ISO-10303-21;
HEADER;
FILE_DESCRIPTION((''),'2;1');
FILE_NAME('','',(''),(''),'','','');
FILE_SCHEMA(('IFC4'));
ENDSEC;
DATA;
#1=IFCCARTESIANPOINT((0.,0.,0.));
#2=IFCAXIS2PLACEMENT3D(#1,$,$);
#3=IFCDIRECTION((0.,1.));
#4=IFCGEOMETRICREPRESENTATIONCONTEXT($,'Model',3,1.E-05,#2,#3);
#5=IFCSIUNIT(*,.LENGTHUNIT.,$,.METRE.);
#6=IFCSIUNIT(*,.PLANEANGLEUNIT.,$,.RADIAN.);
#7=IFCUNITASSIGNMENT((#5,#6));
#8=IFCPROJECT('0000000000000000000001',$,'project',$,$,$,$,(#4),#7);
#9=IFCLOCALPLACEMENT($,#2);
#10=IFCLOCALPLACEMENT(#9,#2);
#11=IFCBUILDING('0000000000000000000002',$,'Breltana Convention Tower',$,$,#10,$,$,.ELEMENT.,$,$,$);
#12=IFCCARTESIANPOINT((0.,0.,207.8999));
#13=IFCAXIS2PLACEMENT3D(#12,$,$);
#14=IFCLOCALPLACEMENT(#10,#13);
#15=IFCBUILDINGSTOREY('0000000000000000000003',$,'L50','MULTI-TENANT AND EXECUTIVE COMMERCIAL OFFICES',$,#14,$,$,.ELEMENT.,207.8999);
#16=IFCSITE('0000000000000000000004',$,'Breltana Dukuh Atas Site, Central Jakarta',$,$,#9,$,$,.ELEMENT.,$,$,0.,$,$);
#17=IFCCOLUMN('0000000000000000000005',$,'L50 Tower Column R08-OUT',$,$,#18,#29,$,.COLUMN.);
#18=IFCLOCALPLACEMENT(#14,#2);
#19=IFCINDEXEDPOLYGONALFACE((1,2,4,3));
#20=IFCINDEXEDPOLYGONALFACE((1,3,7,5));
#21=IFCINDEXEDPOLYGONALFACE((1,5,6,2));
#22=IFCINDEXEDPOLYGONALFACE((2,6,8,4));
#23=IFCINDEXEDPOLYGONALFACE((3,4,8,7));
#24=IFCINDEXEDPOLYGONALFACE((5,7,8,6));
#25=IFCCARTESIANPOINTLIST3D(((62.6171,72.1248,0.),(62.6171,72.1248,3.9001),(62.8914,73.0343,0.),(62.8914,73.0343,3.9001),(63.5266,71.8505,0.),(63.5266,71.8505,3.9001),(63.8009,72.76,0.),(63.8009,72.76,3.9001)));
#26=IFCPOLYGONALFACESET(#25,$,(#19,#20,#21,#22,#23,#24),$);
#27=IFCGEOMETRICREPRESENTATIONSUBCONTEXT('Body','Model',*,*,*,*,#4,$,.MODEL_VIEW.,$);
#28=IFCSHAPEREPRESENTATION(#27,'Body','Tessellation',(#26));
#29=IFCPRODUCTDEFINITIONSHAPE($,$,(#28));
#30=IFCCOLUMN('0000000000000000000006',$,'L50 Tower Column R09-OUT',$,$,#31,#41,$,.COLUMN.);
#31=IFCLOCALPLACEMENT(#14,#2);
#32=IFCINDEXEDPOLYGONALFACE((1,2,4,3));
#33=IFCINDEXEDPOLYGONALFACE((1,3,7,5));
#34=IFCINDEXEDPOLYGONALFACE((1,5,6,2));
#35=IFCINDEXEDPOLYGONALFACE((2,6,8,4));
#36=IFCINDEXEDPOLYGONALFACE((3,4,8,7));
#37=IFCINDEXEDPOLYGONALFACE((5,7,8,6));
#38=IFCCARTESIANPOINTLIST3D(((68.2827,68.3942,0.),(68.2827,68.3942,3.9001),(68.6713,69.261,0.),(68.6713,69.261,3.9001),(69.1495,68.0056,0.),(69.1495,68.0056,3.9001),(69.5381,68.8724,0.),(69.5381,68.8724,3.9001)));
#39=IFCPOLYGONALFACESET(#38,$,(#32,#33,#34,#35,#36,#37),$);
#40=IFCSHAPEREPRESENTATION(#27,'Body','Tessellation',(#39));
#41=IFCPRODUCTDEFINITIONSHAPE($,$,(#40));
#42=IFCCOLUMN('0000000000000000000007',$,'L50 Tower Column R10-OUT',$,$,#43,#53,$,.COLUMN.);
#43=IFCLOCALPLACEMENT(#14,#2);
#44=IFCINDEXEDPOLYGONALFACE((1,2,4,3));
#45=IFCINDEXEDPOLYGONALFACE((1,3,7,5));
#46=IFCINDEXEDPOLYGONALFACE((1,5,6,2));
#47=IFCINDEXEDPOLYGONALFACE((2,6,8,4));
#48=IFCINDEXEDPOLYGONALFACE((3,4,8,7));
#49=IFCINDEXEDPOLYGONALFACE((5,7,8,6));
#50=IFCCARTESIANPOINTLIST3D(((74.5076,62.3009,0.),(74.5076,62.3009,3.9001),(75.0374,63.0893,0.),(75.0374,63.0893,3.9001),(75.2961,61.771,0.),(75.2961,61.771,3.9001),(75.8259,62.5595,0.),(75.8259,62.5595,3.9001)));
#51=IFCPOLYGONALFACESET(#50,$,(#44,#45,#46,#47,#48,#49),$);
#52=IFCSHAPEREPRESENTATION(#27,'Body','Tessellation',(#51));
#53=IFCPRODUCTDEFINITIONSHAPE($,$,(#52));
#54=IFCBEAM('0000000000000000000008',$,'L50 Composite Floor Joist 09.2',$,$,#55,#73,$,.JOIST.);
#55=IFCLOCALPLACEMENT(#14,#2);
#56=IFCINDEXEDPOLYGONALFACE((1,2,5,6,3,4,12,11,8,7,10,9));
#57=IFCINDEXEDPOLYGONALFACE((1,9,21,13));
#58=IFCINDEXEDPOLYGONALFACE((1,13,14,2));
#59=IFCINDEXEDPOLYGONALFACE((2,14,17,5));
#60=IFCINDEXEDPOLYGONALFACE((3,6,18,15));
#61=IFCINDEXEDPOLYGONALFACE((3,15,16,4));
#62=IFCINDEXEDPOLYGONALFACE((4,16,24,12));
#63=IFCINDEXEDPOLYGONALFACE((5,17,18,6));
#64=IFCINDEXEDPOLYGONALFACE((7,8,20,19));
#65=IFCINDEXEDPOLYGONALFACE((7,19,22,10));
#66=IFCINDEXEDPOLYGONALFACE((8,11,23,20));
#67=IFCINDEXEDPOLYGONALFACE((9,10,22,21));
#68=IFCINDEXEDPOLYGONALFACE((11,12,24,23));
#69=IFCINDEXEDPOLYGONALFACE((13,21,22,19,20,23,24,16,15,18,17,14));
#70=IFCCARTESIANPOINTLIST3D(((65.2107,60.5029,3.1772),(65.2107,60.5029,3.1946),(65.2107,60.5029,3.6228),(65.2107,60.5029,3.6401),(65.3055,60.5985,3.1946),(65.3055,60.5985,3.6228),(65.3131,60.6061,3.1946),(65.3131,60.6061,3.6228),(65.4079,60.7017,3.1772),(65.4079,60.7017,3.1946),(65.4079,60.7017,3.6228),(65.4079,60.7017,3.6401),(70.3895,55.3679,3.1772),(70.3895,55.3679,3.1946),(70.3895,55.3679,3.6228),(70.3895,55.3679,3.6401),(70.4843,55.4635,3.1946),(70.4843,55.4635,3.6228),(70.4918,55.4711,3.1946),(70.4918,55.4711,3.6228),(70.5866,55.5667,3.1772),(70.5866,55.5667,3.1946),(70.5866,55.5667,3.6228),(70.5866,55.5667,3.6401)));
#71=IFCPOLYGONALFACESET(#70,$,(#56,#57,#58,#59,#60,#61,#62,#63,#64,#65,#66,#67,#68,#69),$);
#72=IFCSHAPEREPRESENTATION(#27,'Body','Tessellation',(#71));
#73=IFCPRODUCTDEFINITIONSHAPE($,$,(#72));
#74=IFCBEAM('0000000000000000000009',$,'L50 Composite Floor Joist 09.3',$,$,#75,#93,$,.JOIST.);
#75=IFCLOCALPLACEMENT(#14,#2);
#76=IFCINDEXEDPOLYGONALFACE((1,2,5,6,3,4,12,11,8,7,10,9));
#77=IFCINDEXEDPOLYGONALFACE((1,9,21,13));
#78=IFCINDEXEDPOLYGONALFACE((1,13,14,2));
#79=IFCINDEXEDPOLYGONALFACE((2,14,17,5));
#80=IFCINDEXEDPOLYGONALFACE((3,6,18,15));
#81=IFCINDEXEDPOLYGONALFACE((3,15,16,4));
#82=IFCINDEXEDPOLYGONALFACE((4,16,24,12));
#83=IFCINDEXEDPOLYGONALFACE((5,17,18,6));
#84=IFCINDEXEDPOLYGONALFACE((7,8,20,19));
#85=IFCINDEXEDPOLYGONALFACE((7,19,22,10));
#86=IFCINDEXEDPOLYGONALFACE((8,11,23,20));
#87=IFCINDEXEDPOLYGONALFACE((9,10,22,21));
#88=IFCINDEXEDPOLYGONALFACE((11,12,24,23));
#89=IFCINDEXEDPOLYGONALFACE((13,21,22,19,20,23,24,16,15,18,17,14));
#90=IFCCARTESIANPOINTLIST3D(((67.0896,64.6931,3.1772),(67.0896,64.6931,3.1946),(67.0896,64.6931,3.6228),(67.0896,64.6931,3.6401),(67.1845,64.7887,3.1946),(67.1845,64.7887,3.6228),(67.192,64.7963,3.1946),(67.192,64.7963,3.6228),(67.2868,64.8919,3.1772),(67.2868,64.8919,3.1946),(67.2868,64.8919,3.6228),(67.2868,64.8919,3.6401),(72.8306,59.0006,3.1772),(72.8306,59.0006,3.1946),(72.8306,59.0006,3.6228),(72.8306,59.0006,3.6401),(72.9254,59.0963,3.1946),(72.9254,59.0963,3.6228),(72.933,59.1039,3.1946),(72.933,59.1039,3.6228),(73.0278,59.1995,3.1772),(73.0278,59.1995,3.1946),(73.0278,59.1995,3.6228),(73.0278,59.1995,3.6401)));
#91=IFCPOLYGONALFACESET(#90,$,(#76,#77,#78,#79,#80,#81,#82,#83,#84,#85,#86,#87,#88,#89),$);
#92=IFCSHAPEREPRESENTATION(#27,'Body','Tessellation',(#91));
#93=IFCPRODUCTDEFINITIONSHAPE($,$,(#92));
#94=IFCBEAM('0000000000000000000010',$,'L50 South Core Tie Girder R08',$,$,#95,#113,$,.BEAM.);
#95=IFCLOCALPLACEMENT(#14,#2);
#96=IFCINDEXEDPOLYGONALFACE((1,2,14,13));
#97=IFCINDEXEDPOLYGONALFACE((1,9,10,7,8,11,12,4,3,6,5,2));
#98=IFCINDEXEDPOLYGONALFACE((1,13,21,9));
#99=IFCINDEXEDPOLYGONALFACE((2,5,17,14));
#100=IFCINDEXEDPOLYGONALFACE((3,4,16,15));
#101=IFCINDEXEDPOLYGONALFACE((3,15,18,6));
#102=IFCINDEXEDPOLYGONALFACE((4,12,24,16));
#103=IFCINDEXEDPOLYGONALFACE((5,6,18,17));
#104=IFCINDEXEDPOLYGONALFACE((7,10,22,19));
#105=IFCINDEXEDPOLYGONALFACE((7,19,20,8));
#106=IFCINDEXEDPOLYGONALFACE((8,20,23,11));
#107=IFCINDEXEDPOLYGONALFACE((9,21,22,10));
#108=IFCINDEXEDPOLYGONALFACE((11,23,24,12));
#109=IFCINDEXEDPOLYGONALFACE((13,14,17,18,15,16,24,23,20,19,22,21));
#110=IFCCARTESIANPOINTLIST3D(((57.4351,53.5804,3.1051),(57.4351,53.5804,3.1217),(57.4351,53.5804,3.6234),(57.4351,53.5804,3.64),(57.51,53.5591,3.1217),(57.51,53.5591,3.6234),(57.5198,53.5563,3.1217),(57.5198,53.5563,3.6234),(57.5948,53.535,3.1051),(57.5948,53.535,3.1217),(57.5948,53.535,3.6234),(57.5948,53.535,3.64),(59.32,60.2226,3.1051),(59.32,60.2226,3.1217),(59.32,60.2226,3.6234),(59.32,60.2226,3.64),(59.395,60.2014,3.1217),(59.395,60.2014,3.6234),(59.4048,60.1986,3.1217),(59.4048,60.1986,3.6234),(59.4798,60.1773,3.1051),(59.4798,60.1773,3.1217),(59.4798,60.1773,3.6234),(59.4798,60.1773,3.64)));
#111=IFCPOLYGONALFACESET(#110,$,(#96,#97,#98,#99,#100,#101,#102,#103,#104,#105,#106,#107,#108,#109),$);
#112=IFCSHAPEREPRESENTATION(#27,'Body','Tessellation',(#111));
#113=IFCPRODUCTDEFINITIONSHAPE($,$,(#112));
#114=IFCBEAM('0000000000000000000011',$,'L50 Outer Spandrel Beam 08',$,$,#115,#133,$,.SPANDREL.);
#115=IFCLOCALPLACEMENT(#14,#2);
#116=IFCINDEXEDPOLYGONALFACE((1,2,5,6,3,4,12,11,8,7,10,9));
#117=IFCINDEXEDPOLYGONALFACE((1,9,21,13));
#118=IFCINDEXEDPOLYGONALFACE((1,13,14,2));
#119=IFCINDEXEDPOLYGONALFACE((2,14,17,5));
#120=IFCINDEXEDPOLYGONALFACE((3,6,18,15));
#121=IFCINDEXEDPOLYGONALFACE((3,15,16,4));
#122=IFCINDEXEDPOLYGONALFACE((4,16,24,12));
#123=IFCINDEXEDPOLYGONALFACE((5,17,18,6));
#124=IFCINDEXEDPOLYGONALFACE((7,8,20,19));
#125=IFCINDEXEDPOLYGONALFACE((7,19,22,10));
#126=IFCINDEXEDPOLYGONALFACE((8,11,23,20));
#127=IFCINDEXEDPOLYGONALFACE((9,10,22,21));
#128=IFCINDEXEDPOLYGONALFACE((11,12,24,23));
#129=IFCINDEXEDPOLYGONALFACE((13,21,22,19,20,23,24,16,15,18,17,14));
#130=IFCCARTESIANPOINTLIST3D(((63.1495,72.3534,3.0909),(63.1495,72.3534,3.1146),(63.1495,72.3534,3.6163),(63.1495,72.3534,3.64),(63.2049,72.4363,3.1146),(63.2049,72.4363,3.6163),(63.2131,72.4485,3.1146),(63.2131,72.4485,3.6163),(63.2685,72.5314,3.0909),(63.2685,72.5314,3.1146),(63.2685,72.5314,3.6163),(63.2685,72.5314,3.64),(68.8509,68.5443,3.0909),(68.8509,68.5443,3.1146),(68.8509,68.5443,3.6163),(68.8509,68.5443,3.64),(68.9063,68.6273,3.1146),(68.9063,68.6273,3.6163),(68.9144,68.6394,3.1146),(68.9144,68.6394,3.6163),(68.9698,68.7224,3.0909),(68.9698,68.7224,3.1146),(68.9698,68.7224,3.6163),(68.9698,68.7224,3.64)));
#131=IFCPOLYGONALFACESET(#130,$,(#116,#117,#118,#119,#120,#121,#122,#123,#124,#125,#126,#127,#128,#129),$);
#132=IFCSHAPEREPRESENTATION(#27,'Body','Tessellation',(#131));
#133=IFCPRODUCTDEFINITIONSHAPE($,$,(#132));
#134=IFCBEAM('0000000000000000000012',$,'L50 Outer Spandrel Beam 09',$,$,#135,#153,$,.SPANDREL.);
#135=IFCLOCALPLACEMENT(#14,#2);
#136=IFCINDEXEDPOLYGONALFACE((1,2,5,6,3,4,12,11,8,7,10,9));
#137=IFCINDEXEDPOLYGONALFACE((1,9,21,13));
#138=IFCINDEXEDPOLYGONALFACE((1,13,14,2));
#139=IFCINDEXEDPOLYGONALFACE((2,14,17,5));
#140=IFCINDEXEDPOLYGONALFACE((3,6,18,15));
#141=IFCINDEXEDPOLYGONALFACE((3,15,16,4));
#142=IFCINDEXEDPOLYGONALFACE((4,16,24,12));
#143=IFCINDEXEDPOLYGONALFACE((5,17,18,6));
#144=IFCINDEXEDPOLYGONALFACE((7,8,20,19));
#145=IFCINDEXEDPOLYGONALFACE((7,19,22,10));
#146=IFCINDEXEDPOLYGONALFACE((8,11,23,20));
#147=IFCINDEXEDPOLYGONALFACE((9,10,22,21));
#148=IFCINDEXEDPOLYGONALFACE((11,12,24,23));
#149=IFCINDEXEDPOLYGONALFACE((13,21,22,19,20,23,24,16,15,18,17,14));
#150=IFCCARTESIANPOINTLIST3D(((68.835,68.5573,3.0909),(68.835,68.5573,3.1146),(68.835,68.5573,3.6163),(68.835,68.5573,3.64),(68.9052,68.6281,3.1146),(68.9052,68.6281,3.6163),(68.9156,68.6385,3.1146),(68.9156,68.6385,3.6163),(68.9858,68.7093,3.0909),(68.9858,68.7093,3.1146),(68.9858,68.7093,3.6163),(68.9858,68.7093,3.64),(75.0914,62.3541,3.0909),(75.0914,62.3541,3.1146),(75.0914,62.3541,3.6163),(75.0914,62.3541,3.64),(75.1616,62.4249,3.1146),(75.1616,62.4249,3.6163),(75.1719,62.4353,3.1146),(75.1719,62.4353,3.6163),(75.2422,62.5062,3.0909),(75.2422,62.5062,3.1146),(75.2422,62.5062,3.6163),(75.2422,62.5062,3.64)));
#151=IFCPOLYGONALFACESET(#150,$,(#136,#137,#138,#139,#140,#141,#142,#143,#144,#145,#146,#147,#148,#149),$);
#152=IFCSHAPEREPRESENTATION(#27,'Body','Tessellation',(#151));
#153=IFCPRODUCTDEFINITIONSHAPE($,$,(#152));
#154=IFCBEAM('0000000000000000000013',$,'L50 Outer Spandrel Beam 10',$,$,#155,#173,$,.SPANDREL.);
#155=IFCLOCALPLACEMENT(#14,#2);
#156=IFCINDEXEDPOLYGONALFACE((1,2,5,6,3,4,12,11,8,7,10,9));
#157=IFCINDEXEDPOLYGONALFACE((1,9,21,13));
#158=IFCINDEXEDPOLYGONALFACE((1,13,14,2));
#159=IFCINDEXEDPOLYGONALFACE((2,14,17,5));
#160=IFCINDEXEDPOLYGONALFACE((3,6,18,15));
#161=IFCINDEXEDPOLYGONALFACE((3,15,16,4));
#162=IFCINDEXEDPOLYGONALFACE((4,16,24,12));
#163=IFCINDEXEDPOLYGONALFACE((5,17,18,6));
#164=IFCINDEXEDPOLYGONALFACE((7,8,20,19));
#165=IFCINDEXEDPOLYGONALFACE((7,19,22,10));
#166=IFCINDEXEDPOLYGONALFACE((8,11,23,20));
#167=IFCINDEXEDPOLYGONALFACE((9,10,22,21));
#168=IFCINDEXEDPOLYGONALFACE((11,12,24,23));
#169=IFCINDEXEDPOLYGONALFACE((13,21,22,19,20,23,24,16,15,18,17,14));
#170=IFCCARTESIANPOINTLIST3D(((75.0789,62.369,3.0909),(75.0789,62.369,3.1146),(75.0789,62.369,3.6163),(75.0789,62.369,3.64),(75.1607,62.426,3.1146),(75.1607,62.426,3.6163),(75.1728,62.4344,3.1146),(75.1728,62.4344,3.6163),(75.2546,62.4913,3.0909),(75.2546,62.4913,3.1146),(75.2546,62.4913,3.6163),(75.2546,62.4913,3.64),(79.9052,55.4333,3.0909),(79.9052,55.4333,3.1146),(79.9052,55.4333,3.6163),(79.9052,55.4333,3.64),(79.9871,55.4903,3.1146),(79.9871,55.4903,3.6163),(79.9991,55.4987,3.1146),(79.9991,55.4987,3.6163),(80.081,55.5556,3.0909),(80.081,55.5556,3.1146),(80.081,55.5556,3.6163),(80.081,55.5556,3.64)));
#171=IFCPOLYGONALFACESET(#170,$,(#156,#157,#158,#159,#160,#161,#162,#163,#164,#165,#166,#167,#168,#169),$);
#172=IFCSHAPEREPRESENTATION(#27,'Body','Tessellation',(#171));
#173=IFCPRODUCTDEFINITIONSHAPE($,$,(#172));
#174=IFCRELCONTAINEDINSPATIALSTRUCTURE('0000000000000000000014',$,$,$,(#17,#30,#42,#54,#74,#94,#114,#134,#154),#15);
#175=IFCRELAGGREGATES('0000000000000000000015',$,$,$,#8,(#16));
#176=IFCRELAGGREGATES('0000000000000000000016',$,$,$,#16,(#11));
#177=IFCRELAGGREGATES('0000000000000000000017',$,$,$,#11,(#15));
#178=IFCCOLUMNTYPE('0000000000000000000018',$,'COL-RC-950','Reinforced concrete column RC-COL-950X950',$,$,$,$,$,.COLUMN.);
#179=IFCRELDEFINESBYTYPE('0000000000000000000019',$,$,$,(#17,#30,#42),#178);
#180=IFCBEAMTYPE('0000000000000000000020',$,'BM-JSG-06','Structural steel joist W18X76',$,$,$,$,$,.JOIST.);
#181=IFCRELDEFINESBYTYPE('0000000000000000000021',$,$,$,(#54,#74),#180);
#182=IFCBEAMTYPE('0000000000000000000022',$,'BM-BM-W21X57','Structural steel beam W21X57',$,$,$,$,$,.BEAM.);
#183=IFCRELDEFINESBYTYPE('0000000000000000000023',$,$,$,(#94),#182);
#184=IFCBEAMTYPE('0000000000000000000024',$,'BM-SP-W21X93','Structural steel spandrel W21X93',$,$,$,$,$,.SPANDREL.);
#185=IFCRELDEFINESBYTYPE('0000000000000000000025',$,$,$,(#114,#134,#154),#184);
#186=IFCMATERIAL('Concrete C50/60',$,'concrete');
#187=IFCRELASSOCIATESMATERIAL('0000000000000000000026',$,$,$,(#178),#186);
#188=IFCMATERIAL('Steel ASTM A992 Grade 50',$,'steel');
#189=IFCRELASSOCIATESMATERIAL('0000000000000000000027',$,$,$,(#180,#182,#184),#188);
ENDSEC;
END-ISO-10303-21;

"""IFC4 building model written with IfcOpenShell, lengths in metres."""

from ifc_helpers import new_model, si_unit, direction, frame, origin, origin_2d, place, context, subcontext, project, spatial, rectangle, i_section, extrude, source, transform, mapped, material, material_profile, profile_set, type_object, type_shapes, element, save


model = new_model("IFC4")

# Units and contexts
model_context = context("Model", 3, precision=1e-05, world=origin(), true_north=direction((0.0, 1.0)))
body_context = subcontext(model_context, "Body", "Model", "MODEL_VIEW")
ifc_project = project(units=[si_unit("LENGTHUNIT", "METRE"), si_unit("PLANEANGLEUNIT", "RADIAN")], contexts=[model_context])

# Site, building, storey
site_placement = place(None, origin())
site = spatial("IfcSite", under=ifc_project, at=site_placement, Name="Breltana Dukuh Atas Site, Central Jakarta", CompositionType="ELEMENT", RefElevation=0.0)
building_placement = place(site_placement, origin())
building = spatial("IfcBuilding", under=site, at=building_placement, Name="Breltana Convention Tower", CompositionType="ELEMENT")
storey_placement = place(building_placement, frame((0.0, 0.0, 207.8999)))
storey = spatial("IfcBuildingStorey", under=building, at=storey_placement, Name="L50", Description="MULTI-TENANT AND EXECUTIVE COMMERCIAL OFFICES", CompositionType="ELEMENT", Elevation=207.8999)

# Columns
ifc_material_1 = material(Name="Concrete C50/60", Category="concrete")
ifc_material_profile_1 = material_profile(ifc_material_1, rectangle(XDim=0.95, YDim=0.95, at=origin_2d()), Name="RC-COL-950X950")
ifc_profile_set_1 = profile_set([ifc_material_profile_1], Name="Concrete C50/60")
column_type = type_object("IfcColumnType", Name="COL-RC-950", Description="Reinforced concrete column RC-COL-950X950", PredefinedType="COLUMN", material=ifc_profile_set_1)
shared_shape_1 = source(origin(), body_context, "Body", "SweptSolid", [
    extrude(rectangle(XDim=0.95, YDim=0.95, at=origin_2d()), origin(), (0.0, 0.0, 1.0), 3.9001),
])
for number, where, z_axis, x_axis, name in (
    (1, (63.209, 72.4424, 0.0), (0.0, 0.0, 1.0), (0.288698, 0.95742, 0.0), "L50 Tower Column R08-OUT"),
    (2, (68.9104, 68.6333, 0.0), (0.0, 0.0, 1.0), (0.409127, 0.912477, 0.0), "L50 Tower Column R09-OUT"),
    (3, (75.1667, 62.4302, 0.0), (0.0, 0.0, 1.0), (0.557745, 0.830012, 0.0), "L50 Tower Column R10-OUT"),
):
    element("IfcColumn", number, at=place(storey_placement, frame(where, z_axis=z_axis, x_axis=x_axis)), inside=storey, type_object=column_type, Name=name, PredefinedType="COLUMN", context=body_context, shape_type="MappedRepresentation", body=[
        mapped(shared_shape_1, transform((0.0, 0.0, 0.0), scale=1.0)),
    ])

# Beams
ifc_material_2 = material(Name="Steel ASTM A992 Grade 50", Category="steel")
ifc_material_profile_2 = material_profile(ifc_material_2, i_section(OverallWidth=0.28, OverallDepth=0.4629, WebThickness=0.0107, FlangeThickness=0.0173, at=origin_2d()), Name="W18X76")
ifc_profile_set_2 = profile_set([ifc_material_profile_2], Name="Steel ASTM A992 Grade 50")
beam_type_1 = type_object("IfcBeamType", Name="BM-JSG-06", Description="Structural steel joist W18X76", PredefinedType="JOIST", material=ifc_profile_set_2)
shared_shape_2 = source(origin(), body_context, "Body", "SweptSolid", [
    extrude(i_section(OverallWidth=0.28, OverallDepth=0.4629, WebThickness=0.0107, FlangeThickness=0.0173, at=origin_2d()), origin(), (0.0, 0.0, 1.0), 7.293),
])
beam_1_placement = place(storey_placement, frame((65.3093, 60.6023, 3.4087), z_axis=(0.710097, -0.704104, 0.0), x_axis=(0.704104, 0.710097, 0.0)))
element("IfcBeam", 4, at=beam_1_placement, inside=storey, type_object=beam_type_1, Name="L50 Composite Floor Joist 09.2", PredefinedType="JOIST", context=body_context, shape_type="MappedRepresentation", body=[
    mapped(shared_shape_2, transform((0.0, 0.0, 0.0), scale=1.0)),
])
shared_shape_3 = source(origin(), body_context, "Body", "SweptSolid", [
    extrude(i_section(OverallWidth=0.28, OverallDepth=0.4629, WebThickness=0.0107, FlangeThickness=0.0173, at=origin_2d()), origin(), (0.0, 0.0, 1.0), 8.0847),
])
beam_2_placement = place(storey_placement, frame((67.1882, 64.7925, 3.4087), z_axis=(0.710105, -0.704096, 0.0), x_axis=(0.704096, 0.710105, 0.0)))
element("IfcBeam", 5, at=beam_2_placement, inside=storey, type_object=beam_type_1, Name="L50 Composite Floor Joist 09.3", PredefinedType="JOIST", context=body_context, shape_type="MappedRepresentation", body=[
    mapped(shared_shape_3, transform((0.0, 0.0, 0.0), scale=1.0)),
])
ifc_material_profile_3 = material_profile(ifc_material_2, i_section(OverallWidth=0.166, OverallDepth=0.5349, WebThickness=0.0103, FlangeThickness=0.0166, at=origin_2d()), Name="W21X57")
ifc_profile_set_3 = profile_set([ifc_material_profile_3], Name="Steel ASTM A992 Grade 50")
beam_type_2 = type_object("IfcBeamType", Name="BM-BM-W21X57", Description="Structural steel beam W21X57", PredefinedType="BEAM", material=ifc_profile_set_3)
shared_shape_4 = source(origin(), body_context, "Body", "SweptSolid", [
    extrude(i_section(OverallWidth=0.166, OverallDepth=0.5349, WebThickness=0.0103, FlangeThickness=0.0166, at=origin_2d()), origin(), (0.0, 0.0, 1.0), 6.9045),
])
type_shapes(beam_type_2, [shared_shape_4])
beam_3_placement = place(storey_placement, frame((59.3999, 60.2, 3.3726), z_axis=(-0.273007, -0.962012, 0.0), x_axis=(0.962012, -0.273007, 0.0)))
element("IfcBeam", 6, at=beam_3_placement, inside=storey, type_object=beam_type_2, Name="L50 South Core Tie Girder R08", PredefinedType="BEAM", context=body_context, shape_type="MappedRepresentation", body=[
    mapped(shared_shape_4, transform((0.0, 0.0, 0.0), scale=1.0)),
])
ifc_material_profile_4 = material_profile(ifc_material_2, i_section(OverallWidth=0.2141, OverallDepth=0.5491, WebThickness=0.0146, FlangeThickness=0.0237, at=origin_2d()), Name="W21X93")
ifc_profile_set_4 = profile_set([ifc_material_profile_4], Name="Steel ASTM A992 Grade 50")
beam_type_3 = type_object("IfcBeamType", Name="BM-SP-W21X93", Description="Structural steel spandrel W21X93", PredefinedType="SPANDREL", material=ifc_profile_set_4)
shared_shape_5 = source(origin(), body_context, "Body", "SweptSolid", [
    extrude(i_section(OverallWidth=0.2141, OverallDepth=0.5491, WebThickness=0.0146, FlangeThickness=0.0237, at=origin_2d()), origin(), (0.0, 0.0, 1.0), 6.8567),
])
beam_4_placement = place(storey_placement, frame((63.209, 72.4424, 3.3655), z_axis=(0.831502, -0.555522, 0.0), x_axis=(0.555522, 0.831502, 0.0)))
element("IfcBeam", 7, at=beam_4_placement, inside=storey, type_object=beam_type_3, Name="L50 Outer Spandrel Beam 08", PredefinedType="SPANDREL", context=body_context, shape_type="MappedRepresentation", body=[
    mapped(shared_shape_5, transform((0.0, 0.0, 0.0), scale=1.0)),
])
shared_shape_6 = source(origin(), body_context, "Body", "SweptSolid", [
    extrude(i_section(OverallWidth=0.2141, OverallDepth=0.5491, WebThickness=0.0146, FlangeThickness=0.0237, at=origin_2d()), origin(), (0.0, 0.0, 1.0), 8.8103),
])
beam_5_placement = place(storey_placement, frame((68.9104, 68.6333, 3.3655), z_axis=(0.710121, -0.70408, 0.0), x_axis=(0.70408, 0.710121, 0.0)))
element("IfcBeam", 8, at=beam_5_placement, inside=storey, type_object=beam_type_3, Name="L50 Outer Spandrel Beam 09", PredefinedType="SPANDREL", context=body_context, shape_type="MappedRepresentation", body=[
    mapped(shared_shape_6, transform((0.0, 0.0, 0.0), scale=1.0)),
])
shared_shape_7 = source(origin(), body_context, "Body", "SweptSolid", [
    extrude(i_section(OverallWidth=0.2141, OverallDepth=0.5491, WebThickness=0.0146, FlangeThickness=0.0237, at=origin_2d()), origin(), (0.0, 0.0, 1.0), 8.4497),
])
beam_6_placement = place(storey_placement, frame((75.1667, 62.4302, 3.3655), z_axis=(0.571186, -0.820821, 0.0), x_axis=(0.820821, 0.571186, 0.0)))
element("IfcBeam", 9, at=beam_6_placement, inside=storey, type_object=beam_type_3, Name="L50 Outer Spandrel Beam 10", PredefinedType="SPANDREL", context=body_context, shape_type="MappedRepresentation", body=[
    mapped(shared_shape_7, transform((0.0, 0.0, 0.0), scale=1.0)),
])

save(model, "model.ifc")
